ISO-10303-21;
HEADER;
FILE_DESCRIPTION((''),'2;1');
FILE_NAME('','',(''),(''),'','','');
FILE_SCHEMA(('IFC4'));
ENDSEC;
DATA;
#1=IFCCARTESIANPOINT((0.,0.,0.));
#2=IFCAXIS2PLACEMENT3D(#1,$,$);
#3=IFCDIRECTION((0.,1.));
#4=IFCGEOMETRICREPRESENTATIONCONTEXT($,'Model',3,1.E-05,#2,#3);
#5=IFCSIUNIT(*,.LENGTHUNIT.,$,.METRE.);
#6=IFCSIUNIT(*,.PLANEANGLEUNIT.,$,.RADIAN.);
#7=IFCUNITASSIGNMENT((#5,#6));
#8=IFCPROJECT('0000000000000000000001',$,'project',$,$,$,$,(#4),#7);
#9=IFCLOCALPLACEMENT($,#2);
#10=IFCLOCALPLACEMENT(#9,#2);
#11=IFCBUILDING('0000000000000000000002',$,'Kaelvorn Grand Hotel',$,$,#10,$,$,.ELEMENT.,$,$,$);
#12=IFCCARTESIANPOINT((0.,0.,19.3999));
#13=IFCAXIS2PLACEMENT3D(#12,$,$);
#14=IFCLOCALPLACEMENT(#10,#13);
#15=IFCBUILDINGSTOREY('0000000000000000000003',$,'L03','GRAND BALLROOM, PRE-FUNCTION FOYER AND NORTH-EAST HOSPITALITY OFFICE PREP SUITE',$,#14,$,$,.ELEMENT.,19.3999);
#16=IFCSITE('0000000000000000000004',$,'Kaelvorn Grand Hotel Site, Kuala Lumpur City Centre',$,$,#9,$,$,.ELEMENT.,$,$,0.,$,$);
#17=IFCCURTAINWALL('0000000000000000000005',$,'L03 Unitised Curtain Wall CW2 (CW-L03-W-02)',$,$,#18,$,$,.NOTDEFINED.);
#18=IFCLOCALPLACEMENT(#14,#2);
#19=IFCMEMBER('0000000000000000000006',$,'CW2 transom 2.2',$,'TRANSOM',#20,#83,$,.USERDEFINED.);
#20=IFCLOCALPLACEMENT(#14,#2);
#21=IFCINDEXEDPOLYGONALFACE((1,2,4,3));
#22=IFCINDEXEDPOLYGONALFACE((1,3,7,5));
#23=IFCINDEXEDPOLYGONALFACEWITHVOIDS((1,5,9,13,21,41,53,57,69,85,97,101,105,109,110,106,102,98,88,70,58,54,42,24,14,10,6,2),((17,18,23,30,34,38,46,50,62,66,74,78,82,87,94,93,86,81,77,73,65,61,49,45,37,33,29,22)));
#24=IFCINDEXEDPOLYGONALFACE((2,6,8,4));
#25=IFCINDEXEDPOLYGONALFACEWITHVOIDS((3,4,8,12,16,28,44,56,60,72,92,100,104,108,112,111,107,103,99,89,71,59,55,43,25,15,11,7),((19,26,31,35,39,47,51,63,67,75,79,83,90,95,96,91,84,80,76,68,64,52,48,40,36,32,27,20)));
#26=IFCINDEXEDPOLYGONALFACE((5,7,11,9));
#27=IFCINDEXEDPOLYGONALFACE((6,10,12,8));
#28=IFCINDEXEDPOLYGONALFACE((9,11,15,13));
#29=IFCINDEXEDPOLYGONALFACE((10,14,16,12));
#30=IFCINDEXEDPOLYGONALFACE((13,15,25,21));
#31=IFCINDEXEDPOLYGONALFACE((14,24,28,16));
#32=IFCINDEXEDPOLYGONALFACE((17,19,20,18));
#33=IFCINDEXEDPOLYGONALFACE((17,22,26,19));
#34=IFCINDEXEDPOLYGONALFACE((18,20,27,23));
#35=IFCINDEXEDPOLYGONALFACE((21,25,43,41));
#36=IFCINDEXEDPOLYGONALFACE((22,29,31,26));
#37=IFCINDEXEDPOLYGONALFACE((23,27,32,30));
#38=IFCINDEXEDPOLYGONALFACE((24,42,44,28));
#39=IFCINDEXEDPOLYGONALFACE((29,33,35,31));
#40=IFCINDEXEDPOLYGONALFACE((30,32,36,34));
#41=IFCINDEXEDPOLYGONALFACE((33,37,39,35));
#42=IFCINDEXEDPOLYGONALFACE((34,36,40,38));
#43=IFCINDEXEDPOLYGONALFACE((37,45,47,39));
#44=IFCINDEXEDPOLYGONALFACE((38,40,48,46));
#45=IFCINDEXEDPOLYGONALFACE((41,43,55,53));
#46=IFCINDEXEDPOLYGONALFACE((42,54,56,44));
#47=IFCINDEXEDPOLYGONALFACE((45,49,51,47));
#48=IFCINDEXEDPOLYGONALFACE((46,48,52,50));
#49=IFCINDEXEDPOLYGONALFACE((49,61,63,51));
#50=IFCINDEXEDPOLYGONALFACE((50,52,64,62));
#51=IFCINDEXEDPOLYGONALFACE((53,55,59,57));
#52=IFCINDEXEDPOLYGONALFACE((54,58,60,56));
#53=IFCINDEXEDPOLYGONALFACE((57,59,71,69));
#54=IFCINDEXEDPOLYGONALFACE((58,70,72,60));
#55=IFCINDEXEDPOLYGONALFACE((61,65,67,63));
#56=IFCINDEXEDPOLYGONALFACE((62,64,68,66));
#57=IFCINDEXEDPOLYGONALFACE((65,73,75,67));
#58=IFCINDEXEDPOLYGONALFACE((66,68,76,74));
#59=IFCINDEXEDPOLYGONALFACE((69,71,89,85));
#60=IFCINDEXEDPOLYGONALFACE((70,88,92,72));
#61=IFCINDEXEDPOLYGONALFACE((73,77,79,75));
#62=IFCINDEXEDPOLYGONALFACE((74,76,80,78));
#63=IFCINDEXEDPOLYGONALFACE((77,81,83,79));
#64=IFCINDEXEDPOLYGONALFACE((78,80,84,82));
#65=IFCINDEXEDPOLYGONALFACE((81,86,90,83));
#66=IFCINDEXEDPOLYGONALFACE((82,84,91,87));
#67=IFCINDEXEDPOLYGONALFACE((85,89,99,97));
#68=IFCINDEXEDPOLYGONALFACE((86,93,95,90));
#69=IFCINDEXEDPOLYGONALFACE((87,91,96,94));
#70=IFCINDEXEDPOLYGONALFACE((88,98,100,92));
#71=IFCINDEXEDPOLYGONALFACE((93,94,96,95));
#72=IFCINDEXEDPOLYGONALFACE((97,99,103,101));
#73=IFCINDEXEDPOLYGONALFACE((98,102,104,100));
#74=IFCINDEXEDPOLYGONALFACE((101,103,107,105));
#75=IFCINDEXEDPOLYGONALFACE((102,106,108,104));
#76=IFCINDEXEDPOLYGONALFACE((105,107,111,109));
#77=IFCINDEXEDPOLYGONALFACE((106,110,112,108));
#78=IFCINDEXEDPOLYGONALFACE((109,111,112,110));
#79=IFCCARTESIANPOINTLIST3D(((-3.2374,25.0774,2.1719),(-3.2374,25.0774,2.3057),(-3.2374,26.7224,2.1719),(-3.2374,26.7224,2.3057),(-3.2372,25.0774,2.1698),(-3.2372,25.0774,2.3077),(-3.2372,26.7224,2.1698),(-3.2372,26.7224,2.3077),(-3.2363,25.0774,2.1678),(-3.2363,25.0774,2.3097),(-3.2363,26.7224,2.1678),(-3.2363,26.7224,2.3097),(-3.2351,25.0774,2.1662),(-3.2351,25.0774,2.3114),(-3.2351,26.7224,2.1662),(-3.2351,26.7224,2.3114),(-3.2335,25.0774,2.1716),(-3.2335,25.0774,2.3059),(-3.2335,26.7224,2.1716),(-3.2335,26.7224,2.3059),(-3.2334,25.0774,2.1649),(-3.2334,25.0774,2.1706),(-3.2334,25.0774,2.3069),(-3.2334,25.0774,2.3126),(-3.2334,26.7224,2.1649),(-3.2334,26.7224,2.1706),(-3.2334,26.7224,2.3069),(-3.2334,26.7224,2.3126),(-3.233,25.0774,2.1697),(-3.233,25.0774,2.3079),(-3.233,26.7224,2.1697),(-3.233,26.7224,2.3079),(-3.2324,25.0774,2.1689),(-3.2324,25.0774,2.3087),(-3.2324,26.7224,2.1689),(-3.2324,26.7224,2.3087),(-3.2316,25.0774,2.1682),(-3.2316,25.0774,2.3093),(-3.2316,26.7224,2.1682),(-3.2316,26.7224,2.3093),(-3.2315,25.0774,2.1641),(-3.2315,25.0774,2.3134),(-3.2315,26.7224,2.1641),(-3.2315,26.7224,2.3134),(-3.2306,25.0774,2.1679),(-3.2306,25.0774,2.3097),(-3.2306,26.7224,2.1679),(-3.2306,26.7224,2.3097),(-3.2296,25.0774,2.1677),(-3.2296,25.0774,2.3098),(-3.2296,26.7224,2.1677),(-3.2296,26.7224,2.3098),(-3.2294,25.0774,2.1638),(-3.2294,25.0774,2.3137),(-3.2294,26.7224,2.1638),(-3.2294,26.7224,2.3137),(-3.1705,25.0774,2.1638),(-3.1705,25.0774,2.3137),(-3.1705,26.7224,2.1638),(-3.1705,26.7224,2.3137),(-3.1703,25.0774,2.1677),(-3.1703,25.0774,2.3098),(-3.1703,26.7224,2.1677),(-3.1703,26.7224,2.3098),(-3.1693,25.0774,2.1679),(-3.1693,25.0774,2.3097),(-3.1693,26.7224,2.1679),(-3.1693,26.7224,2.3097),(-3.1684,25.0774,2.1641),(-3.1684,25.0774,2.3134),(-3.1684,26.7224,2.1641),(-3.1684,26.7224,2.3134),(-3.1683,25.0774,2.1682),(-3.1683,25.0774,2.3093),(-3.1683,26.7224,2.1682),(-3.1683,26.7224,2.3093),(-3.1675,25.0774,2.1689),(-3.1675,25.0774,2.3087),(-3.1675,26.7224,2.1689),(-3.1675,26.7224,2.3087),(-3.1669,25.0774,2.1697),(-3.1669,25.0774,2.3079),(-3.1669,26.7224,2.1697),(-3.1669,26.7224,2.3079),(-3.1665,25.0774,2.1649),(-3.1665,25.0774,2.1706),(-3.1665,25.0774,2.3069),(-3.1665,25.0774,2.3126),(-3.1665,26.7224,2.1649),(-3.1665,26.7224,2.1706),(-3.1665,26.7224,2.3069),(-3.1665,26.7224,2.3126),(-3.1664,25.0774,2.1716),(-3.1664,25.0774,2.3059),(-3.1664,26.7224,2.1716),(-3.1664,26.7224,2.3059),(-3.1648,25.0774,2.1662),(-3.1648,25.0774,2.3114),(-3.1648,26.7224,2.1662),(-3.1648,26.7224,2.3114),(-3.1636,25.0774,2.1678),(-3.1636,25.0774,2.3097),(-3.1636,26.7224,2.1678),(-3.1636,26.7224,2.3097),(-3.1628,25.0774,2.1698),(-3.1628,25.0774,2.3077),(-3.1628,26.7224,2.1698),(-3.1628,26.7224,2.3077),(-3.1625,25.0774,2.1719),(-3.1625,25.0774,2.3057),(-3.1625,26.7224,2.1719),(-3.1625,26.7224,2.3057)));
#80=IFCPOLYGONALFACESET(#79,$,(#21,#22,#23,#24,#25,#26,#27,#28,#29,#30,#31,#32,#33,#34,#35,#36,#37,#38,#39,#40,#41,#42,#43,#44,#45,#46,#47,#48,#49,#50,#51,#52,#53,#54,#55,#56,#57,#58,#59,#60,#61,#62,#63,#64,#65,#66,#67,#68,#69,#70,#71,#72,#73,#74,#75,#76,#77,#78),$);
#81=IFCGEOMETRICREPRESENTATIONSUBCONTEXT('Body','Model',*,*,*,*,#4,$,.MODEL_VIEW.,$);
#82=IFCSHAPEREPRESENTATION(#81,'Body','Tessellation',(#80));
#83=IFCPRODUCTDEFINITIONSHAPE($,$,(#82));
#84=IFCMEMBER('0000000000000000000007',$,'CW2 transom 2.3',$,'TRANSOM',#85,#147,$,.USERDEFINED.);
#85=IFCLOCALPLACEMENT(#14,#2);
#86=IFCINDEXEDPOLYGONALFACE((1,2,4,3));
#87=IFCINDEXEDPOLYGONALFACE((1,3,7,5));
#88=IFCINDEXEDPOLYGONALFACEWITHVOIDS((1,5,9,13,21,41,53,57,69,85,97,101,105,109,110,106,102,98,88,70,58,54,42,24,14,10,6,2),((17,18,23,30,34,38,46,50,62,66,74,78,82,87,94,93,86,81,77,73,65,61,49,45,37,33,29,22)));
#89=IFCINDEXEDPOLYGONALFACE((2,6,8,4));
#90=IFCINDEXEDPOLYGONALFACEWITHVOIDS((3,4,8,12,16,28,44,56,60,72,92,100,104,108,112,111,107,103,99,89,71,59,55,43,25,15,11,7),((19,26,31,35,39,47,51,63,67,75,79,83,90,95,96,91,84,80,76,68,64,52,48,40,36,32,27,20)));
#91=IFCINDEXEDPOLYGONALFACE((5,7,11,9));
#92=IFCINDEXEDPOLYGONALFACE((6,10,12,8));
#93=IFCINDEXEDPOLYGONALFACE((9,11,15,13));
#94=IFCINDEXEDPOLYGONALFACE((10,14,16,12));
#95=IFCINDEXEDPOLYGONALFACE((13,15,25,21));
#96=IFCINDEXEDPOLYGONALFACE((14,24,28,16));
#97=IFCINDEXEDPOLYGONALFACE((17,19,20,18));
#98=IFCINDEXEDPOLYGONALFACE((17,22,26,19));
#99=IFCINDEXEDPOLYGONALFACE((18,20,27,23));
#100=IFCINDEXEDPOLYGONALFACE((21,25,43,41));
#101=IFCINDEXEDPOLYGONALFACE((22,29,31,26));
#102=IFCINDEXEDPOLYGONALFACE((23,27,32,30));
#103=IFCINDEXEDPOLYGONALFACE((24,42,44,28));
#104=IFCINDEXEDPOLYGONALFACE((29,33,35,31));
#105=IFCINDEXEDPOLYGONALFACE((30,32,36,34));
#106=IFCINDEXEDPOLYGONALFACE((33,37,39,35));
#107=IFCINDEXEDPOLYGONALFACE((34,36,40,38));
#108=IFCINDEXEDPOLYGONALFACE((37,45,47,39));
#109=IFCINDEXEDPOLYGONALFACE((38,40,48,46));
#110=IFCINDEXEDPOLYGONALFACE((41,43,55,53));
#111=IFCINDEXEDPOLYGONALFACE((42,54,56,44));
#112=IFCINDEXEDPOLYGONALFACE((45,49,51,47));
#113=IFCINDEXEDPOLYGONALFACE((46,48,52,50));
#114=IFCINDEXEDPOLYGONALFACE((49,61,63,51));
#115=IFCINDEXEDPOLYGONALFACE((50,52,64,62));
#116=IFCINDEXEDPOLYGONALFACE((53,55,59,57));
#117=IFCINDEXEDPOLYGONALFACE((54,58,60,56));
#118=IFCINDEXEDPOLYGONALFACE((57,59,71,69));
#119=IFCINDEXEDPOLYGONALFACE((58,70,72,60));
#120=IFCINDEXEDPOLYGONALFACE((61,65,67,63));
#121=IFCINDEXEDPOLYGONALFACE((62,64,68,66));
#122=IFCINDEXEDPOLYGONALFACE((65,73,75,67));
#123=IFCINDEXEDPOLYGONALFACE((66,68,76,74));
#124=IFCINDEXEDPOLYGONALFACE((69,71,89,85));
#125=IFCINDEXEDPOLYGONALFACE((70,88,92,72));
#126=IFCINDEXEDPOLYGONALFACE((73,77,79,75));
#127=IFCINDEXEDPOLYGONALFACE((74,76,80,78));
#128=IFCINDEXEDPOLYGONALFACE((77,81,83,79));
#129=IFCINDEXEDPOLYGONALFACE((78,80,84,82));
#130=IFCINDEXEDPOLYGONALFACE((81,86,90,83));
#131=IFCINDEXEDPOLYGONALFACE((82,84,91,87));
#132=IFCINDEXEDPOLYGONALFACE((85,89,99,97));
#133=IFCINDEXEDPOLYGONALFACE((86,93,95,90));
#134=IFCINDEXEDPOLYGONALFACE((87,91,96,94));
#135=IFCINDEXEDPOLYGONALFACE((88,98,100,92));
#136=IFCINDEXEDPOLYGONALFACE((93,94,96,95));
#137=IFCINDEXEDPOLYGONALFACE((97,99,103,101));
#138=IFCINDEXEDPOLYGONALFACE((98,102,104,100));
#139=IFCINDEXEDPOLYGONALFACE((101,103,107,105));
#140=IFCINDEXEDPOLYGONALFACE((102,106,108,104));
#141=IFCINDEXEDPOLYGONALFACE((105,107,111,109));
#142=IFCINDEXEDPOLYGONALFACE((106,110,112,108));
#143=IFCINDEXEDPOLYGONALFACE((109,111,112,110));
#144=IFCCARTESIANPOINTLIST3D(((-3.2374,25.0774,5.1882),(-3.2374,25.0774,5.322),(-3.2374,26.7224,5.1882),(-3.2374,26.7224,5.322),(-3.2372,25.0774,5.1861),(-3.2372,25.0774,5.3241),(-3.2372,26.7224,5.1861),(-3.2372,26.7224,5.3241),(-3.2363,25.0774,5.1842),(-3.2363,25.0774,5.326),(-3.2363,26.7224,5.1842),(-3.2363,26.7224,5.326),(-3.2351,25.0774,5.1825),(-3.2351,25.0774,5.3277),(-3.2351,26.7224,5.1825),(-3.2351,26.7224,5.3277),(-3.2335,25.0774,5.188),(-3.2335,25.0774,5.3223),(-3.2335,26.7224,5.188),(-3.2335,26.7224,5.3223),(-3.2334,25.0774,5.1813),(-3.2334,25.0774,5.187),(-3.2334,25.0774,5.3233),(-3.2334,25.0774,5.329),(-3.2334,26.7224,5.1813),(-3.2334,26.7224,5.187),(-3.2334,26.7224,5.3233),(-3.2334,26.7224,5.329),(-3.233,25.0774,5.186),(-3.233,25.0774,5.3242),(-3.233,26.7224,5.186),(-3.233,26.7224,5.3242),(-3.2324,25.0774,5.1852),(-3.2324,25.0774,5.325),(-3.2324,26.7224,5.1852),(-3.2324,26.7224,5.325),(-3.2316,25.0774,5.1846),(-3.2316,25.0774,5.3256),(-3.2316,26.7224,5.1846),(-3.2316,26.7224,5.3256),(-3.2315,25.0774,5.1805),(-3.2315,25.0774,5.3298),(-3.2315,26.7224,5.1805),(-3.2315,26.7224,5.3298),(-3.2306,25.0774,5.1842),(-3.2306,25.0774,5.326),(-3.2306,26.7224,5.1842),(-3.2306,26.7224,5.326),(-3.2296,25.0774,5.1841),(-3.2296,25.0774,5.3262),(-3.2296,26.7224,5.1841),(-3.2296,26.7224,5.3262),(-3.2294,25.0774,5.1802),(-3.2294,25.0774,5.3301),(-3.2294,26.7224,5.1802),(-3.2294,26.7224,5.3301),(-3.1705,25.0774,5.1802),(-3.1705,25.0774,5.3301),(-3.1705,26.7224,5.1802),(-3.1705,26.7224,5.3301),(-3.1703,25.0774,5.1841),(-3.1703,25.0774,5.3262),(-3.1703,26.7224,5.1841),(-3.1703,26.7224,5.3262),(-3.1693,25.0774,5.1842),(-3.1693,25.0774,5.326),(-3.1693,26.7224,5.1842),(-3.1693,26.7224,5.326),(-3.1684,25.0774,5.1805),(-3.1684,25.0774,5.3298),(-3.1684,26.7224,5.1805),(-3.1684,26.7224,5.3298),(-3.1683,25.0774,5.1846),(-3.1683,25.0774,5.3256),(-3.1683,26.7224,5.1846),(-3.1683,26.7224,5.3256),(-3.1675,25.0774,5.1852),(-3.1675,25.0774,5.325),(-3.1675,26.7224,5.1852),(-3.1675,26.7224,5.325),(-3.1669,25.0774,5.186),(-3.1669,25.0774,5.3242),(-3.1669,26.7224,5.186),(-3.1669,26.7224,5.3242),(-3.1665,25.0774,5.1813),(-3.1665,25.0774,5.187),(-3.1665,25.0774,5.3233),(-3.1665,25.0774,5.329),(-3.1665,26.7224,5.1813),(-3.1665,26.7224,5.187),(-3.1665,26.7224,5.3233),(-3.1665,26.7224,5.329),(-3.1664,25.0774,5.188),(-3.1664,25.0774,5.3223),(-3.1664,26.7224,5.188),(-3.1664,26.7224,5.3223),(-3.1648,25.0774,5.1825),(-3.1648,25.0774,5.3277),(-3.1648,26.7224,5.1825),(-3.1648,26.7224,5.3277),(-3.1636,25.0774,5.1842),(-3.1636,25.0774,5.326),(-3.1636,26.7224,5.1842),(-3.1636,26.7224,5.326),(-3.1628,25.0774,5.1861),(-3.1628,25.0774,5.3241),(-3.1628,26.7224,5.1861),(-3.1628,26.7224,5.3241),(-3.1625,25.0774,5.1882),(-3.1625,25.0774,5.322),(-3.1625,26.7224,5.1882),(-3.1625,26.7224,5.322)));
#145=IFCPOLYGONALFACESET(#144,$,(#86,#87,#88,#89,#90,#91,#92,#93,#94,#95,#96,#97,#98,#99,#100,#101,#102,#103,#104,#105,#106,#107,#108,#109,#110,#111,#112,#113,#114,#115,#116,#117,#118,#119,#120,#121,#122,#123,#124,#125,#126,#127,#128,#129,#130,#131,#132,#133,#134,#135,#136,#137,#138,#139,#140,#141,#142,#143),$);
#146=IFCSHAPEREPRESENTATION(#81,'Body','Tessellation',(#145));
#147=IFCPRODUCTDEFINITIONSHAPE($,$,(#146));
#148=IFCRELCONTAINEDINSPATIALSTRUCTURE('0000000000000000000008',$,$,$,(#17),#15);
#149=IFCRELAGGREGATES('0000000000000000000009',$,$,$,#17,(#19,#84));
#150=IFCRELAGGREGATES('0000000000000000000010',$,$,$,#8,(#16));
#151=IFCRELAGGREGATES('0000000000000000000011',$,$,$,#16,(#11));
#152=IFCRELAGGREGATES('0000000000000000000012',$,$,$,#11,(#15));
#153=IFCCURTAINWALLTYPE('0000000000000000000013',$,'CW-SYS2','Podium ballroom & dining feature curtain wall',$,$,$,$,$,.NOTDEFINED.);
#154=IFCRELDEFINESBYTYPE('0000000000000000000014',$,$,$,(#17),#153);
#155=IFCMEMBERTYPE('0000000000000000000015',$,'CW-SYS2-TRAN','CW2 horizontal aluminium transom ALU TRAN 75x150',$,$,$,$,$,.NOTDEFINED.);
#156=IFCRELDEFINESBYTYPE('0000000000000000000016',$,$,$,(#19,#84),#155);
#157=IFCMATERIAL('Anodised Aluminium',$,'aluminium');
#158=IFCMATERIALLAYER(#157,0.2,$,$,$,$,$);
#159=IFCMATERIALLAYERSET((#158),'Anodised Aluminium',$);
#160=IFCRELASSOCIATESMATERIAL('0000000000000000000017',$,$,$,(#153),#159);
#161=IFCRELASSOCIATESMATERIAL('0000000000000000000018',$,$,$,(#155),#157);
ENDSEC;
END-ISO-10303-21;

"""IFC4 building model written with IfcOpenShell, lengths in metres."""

from ifc_helpers import new_model, si_unit, direction, frame, origin, origin_2d, place, context, subcontext, project, spatial, hollow_rectangle, extrude, material, layer, layer_set, material_profile, profile_set, type_object, element, aggregate, save


model = new_model("IFC4")

# Units and contexts
model_context = context("Model", 3, precision=1e-05, world=origin(), true_north=direction((0.0, 1.0)))
body_context = subcontext(model_context, "Body", "Model", "MODEL_VIEW")
ifc_project = project(units=[si_unit("LENGTHUNIT", "METRE"), si_unit("PLANEANGLEUNIT", "RADIAN")], contexts=[model_context])

# Site, building, storey
site_placement = place(None, origin())
site = spatial("IfcSite", under=ifc_project, at=site_placement, Name="Kaelvorn Grand Hotel Site, Kuala Lumpur City Centre", CompositionType="ELEMENT", RefElevation=0.0)
building_placement = place(site_placement, origin())
building = spatial("IfcBuilding", under=site, at=building_placement, Name="Kaelvorn Grand Hotel", CompositionType="ELEMENT")
storey_placement = place(building_placement, frame((0.0, 0.0, 19.3999)))
storey = spatial("IfcBuildingStorey", under=building, at=storey_placement, Name="L03", Description="GRAND BALLROOM, PRE-FUNCTION FOYER AND NORTH-EAST HOSPITALITY OFFICE PREP SUITE", CompositionType="ELEMENT", Elevation=19.3999)

# Curtain wall
ifc_material_1 = material(Name="Anodised Aluminium", Category="aluminium")
ifc_layer_1 = layer(ifc_material_1, 0.2)
ifc_layer_set_1 = layer_set([ifc_layer_1], Name="Anodised Aluminium")
curtain_wall_type = type_object("IfcCurtainWallType", Name="CW-SYS2", Description="Podium ballroom & dining feature curtain wall", PredefinedType="NOTDEFINED", material=ifc_layer_set_1)
curtain_wall_1_placement = place(storey_placement, origin())
curtain_wall_1 = element("IfcCurtainWall", 1, at=curtain_wall_1_placement, inside=storey, type_object=curtain_wall_type, Name="L03 Unitised Curtain Wall CW2 (CW-L03-W-02)", PredefinedType="NOTDEFINED")

# Members
ifc_material_profile_1 = material_profile(ifc_material_1, hollow_rectangle(XDim=0.075, YDim=0.1499, WallThickness=0.0039, InnerFilletRadius=0.0039, OuterFilletRadius=0.0081, at=origin_2d()), Name="ALU TRAN 75x150")
ifc_profile_set_1 = profile_set([ifc_material_profile_1], Name="Anodised Aluminium")
member_type_1 = type_object("IfcMemberType", Name="CW-SYS2-TRAN", Description="CW2 horizontal aluminium transom ALU TRAN 75x150", PredefinedType="NOTDEFINED", material=ifc_profile_set_1)
member_1_placement = place(storey_placement, frame((-3.2, 26.7224, 2.2388), z_axis=(0.0, -1.0, 0.0), x_axis=(1.0, 0.0, 0.0)))
member_1 = element("IfcMember", 2, at=member_1_placement, type_object=member_type_1, Name="CW2 transom 2.2", ObjectType="TRANSOM", PredefinedType="USERDEFINED", context=body_context, shape_type="SweptSolid", body=[
    extrude(hollow_rectangle(XDim=0.075, YDim=0.1499, WallThickness=0.0039, InnerFilletRadius=0.0039, OuterFilletRadius=0.0081, at=origin_2d()), origin(), (0.0, 0.0, 1.0), 1.645),
])
member_2_placement = place(storey_placement, frame((-3.2, 26.7224, 5.2551), z_axis=(0.0, -1.0, 0.0), x_axis=(1.0, 0.0, 0.0)))
member_2 = element("IfcMember", 3, at=member_2_placement, type_object=member_type_1, Name="CW2 transom 2.3", ObjectType="TRANSOM", PredefinedType="USERDEFINED", context=body_context, shape_type="SweptSolid", body=[
    extrude(hollow_rectangle(XDim=0.075, YDim=0.1499, WallThickness=0.0039, InnerFilletRadius=0.0039, OuterFilletRadius=0.0081, at=origin_2d()), origin(), (0.0, 0.0, 1.0), 1.645),
])

aggregate(curtain_wall_1, [member_1, member_2])

save(model, "model.ifc")
